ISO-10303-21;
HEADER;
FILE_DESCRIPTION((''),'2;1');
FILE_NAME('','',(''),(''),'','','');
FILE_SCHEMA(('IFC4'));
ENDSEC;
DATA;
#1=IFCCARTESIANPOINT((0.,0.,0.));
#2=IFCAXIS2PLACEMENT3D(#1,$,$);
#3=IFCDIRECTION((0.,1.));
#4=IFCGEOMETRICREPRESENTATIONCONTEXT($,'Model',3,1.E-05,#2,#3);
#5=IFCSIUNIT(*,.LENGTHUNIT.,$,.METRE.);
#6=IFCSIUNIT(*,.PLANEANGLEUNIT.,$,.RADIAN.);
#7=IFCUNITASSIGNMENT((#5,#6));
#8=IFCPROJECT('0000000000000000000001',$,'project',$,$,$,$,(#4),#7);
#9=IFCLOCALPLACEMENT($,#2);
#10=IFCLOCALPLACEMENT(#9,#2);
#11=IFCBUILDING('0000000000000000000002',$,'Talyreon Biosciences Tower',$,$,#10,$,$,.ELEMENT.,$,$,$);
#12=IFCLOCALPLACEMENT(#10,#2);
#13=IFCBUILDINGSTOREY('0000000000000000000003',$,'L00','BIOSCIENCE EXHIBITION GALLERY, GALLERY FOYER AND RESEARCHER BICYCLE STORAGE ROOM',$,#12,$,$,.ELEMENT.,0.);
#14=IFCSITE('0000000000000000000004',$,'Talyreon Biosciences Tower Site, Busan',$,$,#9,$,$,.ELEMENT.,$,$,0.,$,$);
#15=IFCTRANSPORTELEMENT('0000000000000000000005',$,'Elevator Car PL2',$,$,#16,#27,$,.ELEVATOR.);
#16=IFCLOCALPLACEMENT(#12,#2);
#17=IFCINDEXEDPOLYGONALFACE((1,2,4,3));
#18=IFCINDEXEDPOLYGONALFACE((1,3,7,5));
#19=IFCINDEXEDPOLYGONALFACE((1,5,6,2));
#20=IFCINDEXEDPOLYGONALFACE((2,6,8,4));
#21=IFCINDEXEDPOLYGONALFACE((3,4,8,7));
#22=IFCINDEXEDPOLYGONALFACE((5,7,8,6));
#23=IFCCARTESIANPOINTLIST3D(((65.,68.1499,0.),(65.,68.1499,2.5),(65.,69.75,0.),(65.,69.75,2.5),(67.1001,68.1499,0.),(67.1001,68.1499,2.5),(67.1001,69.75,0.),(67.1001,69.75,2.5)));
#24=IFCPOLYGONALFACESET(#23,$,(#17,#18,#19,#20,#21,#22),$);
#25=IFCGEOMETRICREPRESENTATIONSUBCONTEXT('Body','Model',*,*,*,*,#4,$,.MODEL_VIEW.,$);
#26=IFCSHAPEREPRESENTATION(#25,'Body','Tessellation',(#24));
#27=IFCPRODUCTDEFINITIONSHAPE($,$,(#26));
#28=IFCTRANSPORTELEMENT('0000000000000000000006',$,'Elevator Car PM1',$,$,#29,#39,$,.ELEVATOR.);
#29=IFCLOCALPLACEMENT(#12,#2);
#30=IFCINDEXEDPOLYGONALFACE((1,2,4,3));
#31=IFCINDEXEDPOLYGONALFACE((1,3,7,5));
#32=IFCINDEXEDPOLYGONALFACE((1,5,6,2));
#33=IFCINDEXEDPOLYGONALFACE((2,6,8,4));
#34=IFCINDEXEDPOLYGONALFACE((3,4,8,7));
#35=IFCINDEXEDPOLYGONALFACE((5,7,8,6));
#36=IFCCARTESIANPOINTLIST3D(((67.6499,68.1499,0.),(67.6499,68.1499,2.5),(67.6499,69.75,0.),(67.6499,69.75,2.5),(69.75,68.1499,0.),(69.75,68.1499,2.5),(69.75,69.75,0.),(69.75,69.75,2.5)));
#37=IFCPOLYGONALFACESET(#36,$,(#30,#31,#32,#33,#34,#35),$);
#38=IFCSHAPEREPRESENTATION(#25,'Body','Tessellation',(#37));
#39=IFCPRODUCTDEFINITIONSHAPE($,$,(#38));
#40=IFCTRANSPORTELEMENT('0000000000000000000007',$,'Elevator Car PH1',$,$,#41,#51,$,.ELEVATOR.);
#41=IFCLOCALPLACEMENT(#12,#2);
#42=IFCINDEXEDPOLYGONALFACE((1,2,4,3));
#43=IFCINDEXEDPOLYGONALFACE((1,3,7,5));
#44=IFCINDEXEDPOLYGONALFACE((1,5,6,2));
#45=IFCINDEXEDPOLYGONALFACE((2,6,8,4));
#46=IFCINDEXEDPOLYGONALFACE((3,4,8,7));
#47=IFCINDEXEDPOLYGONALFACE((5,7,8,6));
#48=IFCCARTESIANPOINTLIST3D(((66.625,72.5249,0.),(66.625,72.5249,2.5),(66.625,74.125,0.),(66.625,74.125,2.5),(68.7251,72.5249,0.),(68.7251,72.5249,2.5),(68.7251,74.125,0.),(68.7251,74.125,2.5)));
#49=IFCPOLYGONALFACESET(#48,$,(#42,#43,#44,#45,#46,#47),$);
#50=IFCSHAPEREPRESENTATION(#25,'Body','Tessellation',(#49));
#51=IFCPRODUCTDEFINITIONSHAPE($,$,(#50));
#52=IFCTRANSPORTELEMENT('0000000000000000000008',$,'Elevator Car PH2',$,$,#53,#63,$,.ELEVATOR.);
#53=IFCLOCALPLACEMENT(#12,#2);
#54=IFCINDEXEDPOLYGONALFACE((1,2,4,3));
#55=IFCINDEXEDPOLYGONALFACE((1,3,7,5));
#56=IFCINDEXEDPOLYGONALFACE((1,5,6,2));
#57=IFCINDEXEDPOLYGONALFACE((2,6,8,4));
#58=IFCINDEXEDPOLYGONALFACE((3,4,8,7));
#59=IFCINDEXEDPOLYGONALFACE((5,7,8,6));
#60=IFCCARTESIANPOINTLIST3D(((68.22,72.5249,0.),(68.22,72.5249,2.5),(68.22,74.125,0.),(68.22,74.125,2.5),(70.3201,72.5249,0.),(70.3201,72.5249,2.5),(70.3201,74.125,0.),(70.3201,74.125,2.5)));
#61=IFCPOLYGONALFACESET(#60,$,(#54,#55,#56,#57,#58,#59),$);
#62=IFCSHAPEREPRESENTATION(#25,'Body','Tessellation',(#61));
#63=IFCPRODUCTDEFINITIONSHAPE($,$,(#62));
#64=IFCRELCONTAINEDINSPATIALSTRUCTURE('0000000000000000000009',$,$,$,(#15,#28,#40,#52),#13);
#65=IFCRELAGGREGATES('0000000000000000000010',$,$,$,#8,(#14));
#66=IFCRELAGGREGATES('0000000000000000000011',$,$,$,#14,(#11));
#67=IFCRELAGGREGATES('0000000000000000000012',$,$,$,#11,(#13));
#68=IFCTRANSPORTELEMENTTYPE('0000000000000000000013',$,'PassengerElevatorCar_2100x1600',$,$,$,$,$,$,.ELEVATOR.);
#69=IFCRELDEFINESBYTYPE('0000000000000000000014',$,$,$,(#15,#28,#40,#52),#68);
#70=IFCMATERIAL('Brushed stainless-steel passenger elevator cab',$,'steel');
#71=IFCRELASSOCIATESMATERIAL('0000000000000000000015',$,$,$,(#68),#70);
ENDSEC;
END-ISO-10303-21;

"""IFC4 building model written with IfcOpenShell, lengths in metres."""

from ifc_helpers import new_model, si_unit, direction, frame, origin, origin_2d, place, context, subcontext, project, spatial, rectangle, extrude, material, type_object, element, save


model = new_model("IFC4")

# Units and contexts
model_context = context("Model", 3, precision=1e-05, world=origin(), true_north=direction((0.0, 1.0)))
body_context = subcontext(model_context, "Body", "Model", "MODEL_VIEW")
ifc_project = project(units=[si_unit("LENGTHUNIT", "METRE"), si_unit("PLANEANGLEUNIT", "RADIAN")], contexts=[model_context])

# Site, building, storey
site_placement = place(None, origin())
site = spatial("IfcSite", under=ifc_project, at=site_placement, Name="Talyreon Biosciences Tower Site, Busan", CompositionType="ELEMENT", RefElevation=0.0)
building_placement = place(site_placement, origin())
building = spatial("IfcBuilding", under=site, at=building_placement, Name="Talyreon Biosciences Tower", CompositionType="ELEMENT")
storey_placement = place(building_placement, origin())
storey = spatial("IfcBuildingStorey", under=building, at=storey_placement, Name="L00", Description="BIOSCIENCE EXHIBITION GALLERY, GALLERY FOYER AND RESEARCHER BICYCLE STORAGE ROOM", CompositionType="ELEMENT", Elevation=0.0)

# Transport elements
ifc_material_1 = material(Name="Brushed stainless-steel passenger elevator cab", Category="steel")
transport_element_type = type_object("IfcTransportElementType", Name="PassengerElevatorCar_2100x1600", PredefinedType="ELEVATOR", material=ifc_material_1)
for number, where, z_axis, x_axis, name in (
    (1, (66.05, 68.95, 0.0), (0.0, 0.0, 1.0), (1.0, 0.0, 0.0), "Elevator Car PL2"),
    (2, (68.7, 68.95, 0.0), (0.0, 0.0, 1.0), (1.0, 0.0, 0.0), "Elevator Car PM1"),
    (3, (67.675, 73.325, 0.0), (0.0, 0.0, 1.0), (1.0, 0.0, 0.0), "Elevator Car PH1"),
    (4, (69.27, 73.325, 0.0), (0.0, 0.0, 1.0), (1.0, 0.0, 0.0), "Elevator Car PH2"),
):
    element("IfcTransportElement", number, at=place(storey_placement, frame(where, z_axis=z_axis, x_axis=x_axis)), inside=storey, type_object=transport_element_type, Name=name, PredefinedType="ELEVATOR", context=body_context, shape_type="SweptSolid", body=[
        extrude(rectangle(XDim=2.1001, YDim=1.6001, at=origin_2d()), origin(), (0.0, 0.0, 1.0), 2.5),
    ])

save(model, "model.ifc")
